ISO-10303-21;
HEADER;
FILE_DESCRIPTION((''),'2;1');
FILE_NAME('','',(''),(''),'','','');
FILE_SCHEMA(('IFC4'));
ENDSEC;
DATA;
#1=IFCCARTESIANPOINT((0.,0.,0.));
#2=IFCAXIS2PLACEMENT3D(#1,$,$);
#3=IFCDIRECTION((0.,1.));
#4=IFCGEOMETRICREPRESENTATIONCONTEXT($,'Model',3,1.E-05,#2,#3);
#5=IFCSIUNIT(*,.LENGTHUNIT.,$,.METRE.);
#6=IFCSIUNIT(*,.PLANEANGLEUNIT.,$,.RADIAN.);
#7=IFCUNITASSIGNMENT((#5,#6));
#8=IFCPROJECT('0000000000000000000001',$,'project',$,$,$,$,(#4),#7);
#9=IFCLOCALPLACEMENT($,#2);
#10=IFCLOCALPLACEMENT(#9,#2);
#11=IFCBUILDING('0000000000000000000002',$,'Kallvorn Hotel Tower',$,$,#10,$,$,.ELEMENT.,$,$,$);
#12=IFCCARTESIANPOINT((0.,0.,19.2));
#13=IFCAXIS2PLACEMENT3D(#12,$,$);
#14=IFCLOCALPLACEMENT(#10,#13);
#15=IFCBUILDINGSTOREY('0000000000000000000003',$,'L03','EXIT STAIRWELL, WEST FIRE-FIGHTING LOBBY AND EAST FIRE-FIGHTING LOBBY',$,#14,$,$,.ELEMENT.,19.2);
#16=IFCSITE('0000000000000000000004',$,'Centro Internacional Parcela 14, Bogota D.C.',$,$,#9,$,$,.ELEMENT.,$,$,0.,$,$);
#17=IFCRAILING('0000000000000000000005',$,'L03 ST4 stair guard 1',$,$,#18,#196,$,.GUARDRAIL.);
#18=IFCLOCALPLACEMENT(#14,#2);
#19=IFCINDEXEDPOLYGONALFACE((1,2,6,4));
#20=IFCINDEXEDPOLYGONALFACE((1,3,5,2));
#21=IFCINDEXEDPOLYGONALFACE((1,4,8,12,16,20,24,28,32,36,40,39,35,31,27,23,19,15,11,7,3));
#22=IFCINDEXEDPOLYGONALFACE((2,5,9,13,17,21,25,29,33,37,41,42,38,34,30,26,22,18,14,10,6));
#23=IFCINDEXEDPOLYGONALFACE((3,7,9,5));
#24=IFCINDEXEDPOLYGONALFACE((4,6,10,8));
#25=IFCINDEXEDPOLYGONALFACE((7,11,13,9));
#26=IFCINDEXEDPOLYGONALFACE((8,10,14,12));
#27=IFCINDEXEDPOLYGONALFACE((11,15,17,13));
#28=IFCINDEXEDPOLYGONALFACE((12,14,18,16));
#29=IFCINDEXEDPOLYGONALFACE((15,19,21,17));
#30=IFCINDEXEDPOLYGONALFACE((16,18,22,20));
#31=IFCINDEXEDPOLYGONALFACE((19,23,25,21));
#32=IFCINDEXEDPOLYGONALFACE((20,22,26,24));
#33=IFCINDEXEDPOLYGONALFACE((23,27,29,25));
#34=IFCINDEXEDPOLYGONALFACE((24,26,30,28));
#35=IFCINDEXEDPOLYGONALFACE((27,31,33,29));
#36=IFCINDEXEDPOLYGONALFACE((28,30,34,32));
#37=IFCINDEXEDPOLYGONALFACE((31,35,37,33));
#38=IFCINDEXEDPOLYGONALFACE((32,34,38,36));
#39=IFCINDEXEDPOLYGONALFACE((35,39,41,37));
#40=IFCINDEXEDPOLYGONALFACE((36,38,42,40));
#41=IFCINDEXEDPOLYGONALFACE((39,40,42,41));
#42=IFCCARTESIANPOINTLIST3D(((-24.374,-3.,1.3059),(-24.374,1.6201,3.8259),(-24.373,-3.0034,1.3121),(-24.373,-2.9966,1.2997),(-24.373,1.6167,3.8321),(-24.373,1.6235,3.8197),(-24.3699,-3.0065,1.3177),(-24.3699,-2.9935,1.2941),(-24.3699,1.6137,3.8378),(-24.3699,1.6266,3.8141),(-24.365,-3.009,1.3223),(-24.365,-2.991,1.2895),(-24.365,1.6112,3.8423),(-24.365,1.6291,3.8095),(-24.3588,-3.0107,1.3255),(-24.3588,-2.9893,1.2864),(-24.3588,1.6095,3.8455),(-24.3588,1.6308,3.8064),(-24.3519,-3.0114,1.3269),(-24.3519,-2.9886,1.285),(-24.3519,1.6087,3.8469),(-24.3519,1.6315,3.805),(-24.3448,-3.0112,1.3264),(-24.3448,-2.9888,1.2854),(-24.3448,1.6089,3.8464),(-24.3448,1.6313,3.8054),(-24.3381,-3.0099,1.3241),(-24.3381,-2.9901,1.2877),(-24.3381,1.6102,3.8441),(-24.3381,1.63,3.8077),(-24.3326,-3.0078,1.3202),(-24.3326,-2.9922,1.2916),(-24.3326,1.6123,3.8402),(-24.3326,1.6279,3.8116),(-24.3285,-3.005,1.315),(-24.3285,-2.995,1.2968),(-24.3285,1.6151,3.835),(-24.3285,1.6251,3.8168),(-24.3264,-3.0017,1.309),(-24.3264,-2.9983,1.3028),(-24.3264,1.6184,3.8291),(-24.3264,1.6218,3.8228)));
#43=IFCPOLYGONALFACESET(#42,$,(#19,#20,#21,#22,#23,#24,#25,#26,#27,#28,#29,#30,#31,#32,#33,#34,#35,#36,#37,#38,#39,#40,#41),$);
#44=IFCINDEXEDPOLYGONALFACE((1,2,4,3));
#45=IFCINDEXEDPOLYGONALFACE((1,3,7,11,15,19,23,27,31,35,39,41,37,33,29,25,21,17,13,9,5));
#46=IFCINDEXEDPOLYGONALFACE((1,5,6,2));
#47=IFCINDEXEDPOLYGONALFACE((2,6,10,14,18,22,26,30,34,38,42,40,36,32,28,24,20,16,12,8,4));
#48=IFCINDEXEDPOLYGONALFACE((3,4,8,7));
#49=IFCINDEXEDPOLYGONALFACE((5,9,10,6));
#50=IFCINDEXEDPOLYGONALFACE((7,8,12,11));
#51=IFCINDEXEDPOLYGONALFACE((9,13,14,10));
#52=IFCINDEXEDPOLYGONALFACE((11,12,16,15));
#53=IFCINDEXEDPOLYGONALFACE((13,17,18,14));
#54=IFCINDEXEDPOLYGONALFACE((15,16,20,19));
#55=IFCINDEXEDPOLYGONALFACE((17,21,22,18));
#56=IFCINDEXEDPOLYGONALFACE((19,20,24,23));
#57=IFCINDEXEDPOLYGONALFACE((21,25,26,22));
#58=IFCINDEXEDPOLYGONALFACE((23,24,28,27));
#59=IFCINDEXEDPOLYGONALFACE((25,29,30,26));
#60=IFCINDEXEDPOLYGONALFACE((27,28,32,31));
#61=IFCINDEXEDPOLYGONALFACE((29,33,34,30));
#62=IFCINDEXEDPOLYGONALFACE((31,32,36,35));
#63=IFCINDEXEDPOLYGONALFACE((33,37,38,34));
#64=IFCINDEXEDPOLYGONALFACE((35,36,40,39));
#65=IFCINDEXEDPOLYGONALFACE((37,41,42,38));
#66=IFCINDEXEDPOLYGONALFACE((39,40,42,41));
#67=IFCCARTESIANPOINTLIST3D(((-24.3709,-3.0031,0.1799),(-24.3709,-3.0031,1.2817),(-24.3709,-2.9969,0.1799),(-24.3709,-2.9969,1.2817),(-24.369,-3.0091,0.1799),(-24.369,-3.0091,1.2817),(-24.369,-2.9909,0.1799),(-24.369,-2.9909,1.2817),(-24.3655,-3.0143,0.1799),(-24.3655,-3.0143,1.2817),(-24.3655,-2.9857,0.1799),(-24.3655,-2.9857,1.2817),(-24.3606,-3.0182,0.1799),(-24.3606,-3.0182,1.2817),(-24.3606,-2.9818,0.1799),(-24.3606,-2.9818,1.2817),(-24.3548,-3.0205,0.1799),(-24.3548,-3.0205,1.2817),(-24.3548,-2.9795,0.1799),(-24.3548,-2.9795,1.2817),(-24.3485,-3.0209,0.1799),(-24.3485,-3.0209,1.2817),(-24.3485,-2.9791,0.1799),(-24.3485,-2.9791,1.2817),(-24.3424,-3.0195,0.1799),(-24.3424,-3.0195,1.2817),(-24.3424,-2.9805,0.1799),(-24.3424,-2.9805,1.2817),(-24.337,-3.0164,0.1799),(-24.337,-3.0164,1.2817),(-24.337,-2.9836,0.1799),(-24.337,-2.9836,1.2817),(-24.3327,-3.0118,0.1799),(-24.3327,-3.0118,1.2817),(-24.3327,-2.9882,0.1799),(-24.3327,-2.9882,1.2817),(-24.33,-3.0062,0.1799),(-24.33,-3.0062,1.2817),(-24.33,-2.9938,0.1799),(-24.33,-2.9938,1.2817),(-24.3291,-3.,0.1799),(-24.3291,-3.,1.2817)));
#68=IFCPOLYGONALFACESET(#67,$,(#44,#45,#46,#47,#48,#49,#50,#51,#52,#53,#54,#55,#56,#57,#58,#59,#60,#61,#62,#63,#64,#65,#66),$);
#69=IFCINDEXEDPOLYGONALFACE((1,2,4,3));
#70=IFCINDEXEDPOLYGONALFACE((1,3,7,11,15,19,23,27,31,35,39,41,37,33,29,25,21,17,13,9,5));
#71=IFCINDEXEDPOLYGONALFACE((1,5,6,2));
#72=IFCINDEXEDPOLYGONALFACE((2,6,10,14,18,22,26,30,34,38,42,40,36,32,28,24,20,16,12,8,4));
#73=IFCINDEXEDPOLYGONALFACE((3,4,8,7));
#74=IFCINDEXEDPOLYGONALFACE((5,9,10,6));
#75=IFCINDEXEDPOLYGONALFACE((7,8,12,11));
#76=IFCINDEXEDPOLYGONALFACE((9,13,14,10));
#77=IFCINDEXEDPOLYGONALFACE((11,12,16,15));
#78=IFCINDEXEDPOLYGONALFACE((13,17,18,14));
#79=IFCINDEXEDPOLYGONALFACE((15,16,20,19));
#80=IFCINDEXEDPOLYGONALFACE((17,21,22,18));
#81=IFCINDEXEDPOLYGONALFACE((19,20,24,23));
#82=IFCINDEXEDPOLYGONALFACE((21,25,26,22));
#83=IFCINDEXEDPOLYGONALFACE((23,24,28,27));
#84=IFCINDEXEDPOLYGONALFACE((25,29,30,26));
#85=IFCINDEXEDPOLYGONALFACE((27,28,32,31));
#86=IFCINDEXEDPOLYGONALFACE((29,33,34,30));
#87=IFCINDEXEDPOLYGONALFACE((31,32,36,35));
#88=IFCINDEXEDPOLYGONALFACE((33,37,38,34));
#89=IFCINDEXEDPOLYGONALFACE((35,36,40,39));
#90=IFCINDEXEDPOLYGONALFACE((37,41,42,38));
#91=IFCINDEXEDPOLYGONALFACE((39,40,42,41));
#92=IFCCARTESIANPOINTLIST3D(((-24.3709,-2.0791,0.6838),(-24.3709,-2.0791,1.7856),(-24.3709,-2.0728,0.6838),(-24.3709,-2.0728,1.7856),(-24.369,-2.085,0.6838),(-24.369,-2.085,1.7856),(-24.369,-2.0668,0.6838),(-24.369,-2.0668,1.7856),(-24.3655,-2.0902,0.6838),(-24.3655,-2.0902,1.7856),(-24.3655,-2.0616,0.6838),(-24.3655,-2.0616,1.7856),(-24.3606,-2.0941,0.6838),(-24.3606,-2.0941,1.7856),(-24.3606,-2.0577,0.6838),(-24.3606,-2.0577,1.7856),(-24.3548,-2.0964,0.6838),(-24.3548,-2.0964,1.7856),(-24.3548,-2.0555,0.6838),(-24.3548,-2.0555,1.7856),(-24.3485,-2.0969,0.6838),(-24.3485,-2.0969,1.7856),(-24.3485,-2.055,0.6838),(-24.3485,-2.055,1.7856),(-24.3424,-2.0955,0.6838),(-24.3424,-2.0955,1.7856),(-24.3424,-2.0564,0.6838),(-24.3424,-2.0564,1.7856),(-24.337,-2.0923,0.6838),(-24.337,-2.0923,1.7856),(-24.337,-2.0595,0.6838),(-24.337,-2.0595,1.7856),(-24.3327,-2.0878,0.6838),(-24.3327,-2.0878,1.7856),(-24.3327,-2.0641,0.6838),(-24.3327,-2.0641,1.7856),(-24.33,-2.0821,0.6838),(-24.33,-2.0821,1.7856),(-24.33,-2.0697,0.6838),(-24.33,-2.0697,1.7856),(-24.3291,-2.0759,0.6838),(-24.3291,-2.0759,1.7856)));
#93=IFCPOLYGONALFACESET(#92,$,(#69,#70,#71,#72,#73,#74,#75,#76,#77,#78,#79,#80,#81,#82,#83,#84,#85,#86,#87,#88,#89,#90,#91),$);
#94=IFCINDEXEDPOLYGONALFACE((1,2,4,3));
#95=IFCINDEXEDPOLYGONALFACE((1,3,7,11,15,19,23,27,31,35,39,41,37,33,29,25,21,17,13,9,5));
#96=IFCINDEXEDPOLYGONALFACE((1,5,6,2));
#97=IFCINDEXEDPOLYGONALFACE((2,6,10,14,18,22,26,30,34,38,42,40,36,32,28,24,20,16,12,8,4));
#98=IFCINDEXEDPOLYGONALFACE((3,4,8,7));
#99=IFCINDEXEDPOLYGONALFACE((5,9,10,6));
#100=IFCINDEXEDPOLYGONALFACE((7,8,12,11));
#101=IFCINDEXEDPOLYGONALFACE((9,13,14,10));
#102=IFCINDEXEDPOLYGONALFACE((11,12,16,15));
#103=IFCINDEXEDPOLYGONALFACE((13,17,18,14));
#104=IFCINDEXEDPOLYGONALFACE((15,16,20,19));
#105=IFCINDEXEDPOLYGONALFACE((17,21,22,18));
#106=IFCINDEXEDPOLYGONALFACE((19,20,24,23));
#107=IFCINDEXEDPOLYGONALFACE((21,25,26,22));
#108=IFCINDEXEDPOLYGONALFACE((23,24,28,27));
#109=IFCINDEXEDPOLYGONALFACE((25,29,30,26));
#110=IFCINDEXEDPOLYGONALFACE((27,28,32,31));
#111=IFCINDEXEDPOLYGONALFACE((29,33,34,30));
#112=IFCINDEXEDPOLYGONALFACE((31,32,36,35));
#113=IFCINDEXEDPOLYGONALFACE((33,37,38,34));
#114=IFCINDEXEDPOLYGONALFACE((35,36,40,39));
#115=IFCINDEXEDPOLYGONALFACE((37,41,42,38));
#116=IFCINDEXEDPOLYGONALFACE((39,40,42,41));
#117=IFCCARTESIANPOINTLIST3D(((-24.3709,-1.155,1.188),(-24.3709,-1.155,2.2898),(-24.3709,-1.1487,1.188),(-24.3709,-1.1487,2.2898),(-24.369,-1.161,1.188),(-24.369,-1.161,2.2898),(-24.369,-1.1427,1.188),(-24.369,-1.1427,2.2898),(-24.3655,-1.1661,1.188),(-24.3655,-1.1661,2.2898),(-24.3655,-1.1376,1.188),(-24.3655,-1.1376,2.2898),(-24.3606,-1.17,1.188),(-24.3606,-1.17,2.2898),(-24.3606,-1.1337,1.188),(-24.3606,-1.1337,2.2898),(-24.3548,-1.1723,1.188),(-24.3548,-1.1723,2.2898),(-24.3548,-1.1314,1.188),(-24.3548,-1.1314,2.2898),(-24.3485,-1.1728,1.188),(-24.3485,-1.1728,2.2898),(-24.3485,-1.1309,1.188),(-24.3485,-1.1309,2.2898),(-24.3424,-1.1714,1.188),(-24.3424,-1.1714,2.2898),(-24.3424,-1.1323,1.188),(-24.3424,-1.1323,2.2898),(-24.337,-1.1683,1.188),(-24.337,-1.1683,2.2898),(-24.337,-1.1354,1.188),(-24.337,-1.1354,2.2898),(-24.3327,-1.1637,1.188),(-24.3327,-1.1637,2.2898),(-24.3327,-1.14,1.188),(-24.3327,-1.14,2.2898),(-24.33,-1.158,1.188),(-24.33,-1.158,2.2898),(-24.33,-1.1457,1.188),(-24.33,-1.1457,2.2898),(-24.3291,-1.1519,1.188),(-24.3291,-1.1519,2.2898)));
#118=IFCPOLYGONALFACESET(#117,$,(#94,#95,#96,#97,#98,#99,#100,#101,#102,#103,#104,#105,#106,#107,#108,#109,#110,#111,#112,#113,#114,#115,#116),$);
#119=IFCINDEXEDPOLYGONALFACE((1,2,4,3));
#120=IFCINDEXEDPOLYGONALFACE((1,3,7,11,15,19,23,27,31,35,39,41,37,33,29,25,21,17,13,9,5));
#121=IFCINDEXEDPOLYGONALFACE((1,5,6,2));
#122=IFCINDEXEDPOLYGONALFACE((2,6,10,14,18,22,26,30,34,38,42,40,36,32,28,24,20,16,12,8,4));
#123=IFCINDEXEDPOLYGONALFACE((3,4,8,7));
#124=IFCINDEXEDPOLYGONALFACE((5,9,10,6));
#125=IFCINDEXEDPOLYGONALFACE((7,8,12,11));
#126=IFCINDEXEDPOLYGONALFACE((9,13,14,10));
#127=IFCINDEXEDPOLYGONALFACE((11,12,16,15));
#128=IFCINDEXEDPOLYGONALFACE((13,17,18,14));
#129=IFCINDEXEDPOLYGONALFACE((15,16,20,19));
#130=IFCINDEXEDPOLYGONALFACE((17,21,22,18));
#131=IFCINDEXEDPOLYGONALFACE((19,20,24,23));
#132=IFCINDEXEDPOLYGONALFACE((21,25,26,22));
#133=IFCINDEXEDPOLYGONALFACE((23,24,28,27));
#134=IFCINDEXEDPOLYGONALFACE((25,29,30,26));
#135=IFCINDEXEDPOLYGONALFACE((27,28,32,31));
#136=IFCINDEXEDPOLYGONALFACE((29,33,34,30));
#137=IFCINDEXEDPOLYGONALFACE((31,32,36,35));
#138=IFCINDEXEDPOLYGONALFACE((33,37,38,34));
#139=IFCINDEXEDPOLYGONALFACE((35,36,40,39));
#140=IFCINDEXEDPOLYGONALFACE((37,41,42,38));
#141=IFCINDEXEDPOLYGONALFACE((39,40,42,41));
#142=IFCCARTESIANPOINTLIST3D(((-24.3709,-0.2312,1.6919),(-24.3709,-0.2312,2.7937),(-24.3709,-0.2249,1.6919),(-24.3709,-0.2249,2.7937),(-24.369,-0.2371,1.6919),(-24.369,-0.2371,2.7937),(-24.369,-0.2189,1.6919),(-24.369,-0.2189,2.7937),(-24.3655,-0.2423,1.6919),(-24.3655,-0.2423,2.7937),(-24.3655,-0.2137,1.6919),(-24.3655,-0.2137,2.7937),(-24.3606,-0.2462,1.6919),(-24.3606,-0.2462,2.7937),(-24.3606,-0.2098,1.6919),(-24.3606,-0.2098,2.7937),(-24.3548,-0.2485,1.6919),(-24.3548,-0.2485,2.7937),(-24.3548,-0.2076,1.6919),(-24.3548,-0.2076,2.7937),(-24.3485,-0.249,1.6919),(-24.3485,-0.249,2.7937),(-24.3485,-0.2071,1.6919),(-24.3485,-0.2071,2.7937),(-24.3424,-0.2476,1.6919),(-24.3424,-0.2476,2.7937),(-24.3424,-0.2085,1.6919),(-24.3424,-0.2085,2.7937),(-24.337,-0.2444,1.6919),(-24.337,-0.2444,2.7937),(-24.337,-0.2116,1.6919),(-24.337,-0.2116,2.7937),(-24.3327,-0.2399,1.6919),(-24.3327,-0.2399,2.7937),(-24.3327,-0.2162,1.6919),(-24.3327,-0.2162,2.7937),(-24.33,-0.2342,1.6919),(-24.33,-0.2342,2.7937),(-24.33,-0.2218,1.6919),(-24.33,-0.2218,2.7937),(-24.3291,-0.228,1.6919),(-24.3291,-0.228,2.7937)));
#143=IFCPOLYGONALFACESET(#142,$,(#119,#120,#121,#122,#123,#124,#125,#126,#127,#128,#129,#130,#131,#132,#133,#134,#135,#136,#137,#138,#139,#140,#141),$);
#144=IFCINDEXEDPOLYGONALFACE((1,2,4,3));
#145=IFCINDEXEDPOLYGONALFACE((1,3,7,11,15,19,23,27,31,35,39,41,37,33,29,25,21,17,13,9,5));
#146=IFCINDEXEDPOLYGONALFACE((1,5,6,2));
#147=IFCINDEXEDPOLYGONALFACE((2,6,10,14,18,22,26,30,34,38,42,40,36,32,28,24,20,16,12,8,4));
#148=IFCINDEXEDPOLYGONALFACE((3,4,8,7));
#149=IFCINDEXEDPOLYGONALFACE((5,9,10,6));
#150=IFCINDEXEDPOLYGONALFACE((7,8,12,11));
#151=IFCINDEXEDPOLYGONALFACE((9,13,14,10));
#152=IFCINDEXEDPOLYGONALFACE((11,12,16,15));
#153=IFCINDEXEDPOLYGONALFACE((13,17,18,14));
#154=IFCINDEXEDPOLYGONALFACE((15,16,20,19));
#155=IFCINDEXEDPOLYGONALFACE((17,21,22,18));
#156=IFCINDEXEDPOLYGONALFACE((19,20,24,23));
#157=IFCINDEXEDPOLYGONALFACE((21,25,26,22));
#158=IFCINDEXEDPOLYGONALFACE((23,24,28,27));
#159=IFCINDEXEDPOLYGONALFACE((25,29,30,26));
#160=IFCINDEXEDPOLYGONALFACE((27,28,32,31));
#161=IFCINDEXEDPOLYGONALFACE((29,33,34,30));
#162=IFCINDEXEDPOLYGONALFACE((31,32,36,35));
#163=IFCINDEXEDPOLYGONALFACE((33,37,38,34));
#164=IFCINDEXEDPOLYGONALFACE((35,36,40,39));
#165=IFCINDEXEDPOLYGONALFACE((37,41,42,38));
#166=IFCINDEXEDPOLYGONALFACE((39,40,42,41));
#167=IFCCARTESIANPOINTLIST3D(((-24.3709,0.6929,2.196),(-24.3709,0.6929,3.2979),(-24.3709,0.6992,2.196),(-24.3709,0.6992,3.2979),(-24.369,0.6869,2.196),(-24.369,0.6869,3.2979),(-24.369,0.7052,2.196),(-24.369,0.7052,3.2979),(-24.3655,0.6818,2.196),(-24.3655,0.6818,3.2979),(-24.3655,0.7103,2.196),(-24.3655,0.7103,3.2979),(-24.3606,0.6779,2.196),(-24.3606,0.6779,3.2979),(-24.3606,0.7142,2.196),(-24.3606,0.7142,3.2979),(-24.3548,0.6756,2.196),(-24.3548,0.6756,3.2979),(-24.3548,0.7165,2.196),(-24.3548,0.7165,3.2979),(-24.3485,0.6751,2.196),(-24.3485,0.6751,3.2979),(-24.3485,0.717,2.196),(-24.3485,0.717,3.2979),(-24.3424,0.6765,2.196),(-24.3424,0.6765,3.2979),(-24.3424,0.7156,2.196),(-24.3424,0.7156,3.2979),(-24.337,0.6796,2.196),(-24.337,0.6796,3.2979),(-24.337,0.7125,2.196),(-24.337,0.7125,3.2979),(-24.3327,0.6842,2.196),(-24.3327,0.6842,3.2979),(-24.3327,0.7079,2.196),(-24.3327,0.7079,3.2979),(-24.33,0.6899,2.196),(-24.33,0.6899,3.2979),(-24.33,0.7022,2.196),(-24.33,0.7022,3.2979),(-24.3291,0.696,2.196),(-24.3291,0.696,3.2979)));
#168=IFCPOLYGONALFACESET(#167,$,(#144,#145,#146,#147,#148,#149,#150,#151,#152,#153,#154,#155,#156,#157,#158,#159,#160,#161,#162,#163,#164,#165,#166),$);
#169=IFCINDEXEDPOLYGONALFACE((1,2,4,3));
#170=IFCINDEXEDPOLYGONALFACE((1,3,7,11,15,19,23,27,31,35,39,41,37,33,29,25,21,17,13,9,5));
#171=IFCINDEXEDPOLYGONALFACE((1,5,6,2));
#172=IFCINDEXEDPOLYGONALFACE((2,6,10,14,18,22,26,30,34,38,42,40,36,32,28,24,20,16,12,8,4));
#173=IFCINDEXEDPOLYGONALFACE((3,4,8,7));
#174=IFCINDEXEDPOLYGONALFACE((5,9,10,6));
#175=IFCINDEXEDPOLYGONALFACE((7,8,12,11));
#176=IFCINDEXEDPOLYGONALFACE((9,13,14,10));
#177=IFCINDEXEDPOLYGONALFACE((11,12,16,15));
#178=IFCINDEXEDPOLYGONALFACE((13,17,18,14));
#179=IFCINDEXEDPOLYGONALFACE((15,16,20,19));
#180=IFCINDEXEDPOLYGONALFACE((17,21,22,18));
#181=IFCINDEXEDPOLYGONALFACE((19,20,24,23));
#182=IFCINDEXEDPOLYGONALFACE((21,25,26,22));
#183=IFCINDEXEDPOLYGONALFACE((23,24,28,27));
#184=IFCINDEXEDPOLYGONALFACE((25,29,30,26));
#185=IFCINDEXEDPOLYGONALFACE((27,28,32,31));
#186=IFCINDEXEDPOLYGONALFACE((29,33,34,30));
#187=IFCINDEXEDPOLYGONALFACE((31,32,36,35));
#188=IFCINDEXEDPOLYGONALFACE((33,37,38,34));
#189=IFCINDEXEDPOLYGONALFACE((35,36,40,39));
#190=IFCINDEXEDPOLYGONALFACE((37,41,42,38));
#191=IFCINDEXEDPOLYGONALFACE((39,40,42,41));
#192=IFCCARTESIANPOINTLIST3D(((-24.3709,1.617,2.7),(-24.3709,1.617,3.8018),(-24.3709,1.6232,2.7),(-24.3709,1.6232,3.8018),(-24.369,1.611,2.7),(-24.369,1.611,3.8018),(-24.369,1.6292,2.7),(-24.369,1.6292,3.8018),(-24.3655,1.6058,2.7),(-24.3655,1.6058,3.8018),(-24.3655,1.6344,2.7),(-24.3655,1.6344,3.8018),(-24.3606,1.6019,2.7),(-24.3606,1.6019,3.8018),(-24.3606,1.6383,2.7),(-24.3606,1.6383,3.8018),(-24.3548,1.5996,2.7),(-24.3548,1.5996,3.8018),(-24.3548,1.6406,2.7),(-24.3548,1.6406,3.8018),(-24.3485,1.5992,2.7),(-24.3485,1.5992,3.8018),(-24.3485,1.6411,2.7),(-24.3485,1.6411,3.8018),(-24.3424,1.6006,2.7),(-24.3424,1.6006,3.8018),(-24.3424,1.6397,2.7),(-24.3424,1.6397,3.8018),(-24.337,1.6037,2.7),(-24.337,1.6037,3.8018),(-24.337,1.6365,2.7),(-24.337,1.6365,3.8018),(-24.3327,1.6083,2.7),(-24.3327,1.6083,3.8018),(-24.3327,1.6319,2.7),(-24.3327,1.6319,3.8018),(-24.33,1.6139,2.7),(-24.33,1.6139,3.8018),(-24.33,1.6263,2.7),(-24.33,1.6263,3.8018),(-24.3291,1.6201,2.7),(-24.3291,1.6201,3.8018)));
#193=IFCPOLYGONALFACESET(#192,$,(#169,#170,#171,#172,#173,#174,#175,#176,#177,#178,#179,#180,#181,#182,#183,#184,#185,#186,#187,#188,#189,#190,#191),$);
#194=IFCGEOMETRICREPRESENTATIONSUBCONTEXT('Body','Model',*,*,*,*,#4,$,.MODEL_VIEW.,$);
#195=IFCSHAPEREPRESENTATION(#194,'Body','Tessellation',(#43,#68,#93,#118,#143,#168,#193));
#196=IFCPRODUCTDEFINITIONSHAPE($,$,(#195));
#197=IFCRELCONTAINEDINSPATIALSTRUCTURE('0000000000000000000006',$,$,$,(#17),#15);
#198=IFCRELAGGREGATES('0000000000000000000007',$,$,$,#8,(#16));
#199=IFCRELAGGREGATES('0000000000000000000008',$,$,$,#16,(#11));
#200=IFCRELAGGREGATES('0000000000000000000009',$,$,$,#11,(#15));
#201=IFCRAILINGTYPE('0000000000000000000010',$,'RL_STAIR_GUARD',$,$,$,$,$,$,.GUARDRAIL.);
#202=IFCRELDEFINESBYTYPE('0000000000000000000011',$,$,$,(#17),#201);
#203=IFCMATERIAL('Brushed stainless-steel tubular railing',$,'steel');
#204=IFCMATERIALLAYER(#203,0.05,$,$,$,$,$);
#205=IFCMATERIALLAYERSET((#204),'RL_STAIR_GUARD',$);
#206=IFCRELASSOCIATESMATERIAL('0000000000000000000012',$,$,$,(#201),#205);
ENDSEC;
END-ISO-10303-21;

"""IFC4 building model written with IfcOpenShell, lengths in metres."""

from ifc_helpers import new_model, si_unit, direction, frame, origin, origin_2d, place, context, subcontext, project, spatial, circle, extrude, material, layer, layer_set, type_object, element, save


model = new_model("IFC4")

# Units and contexts
model_context = context("Model", 3, precision=1e-05, world=origin(), true_north=direction((0.0, 1.0)))
body_context = subcontext(model_context, "Body", "Model", "MODEL_VIEW")
ifc_project = project(units=[si_unit("LENGTHUNIT", "METRE"), si_unit("PLANEANGLEUNIT", "RADIAN")], contexts=[model_context])

# Site, building, storey
site_placement = place(None, origin())
site = spatial("IfcSite", under=ifc_project, at=site_placement, Name="Centro Internacional Parcela 14, Bogota D.C.", CompositionType="ELEMENT", RefElevation=0.0)
building_placement = place(site_placement, origin())
building = spatial("IfcBuilding", under=site, at=building_placement, Name="Kallvorn Hotel Tower", CompositionType="ELEMENT")
storey_placement = place(building_placement, frame((0.0, 0.0, 19.2)))
storey = spatial("IfcBuildingStorey", under=building, at=storey_placement, Name="L03", Description="EXIT STAIRWELL, WEST FIRE-FIGHTING LOBBY AND EAST FIRE-FIGHTING LOBBY", CompositionType="ELEMENT", Elevation=19.2)

# Railing
ifc_material_1 = material(Name="Brushed stainless-steel tubular railing", Category="steel")
ifc_layer_1 = layer(ifc_material_1, 0.05)
ifc_layer_set_1 = layer_set([ifc_layer_1], Name="RL_STAIR_GUARD")
railing_type_1 = type_object("IfcRailingType", Name="RL_STAIR_GUARD", PredefinedType="GUARDRAIL", material=ifc_layer_set_1)
railing_1_placement = place(storey_placement, frame((-24.3501, -3.0, 0.1799)))
element("IfcRailing", 1, at=railing_1_placement, inside=storey, type_object=railing_type_1, Name="L03 ST4 stair guard 1", PredefinedType="GUARDRAIL", context=body_context, shape_type="SweptSolid", body=[
    extrude(circle(Radius=0.0239, at=origin_2d()), frame((0.0, 0.0, 1.126), z_axis=(0.0, 0.877899, 0.478846), x_axis=(-1.0, 0.0, 0.0)), (0.0, 0.0, 1.0), 5.2627),
    extrude(circle(Radius=0.021, at=origin_2d()), origin(), (0.0, 0.0, 1.0), 1.1018),
    extrude(circle(Radius=0.021, at=origin_2d()), frame((0.0, 0.9241, 0.5039)), (0.0, 0.0, 1.0), 1.1018),
    extrude(circle(Radius=0.021, at=origin_2d()), frame((0.0, 1.8481, 1.0081)), (0.0, 0.0, 1.0), 1.1018),
    extrude(circle(Radius=0.021, at=origin_2d()), frame((0.0, 2.772, 1.512)), (0.0, 0.0, 1.0), 1.1018),
    extrude(circle(Radius=0.021, at=origin_2d()), frame((0.0, 3.696, 2.0161)), (0.0, 0.0, 1.0), 1.1018),
    extrude(circle(Radius=0.021, at=origin_2d()), frame((0.0, 4.6201, 2.52)), (0.0, 0.0, 1.0), 1.1018),
])

save(model, "model.ifc")
